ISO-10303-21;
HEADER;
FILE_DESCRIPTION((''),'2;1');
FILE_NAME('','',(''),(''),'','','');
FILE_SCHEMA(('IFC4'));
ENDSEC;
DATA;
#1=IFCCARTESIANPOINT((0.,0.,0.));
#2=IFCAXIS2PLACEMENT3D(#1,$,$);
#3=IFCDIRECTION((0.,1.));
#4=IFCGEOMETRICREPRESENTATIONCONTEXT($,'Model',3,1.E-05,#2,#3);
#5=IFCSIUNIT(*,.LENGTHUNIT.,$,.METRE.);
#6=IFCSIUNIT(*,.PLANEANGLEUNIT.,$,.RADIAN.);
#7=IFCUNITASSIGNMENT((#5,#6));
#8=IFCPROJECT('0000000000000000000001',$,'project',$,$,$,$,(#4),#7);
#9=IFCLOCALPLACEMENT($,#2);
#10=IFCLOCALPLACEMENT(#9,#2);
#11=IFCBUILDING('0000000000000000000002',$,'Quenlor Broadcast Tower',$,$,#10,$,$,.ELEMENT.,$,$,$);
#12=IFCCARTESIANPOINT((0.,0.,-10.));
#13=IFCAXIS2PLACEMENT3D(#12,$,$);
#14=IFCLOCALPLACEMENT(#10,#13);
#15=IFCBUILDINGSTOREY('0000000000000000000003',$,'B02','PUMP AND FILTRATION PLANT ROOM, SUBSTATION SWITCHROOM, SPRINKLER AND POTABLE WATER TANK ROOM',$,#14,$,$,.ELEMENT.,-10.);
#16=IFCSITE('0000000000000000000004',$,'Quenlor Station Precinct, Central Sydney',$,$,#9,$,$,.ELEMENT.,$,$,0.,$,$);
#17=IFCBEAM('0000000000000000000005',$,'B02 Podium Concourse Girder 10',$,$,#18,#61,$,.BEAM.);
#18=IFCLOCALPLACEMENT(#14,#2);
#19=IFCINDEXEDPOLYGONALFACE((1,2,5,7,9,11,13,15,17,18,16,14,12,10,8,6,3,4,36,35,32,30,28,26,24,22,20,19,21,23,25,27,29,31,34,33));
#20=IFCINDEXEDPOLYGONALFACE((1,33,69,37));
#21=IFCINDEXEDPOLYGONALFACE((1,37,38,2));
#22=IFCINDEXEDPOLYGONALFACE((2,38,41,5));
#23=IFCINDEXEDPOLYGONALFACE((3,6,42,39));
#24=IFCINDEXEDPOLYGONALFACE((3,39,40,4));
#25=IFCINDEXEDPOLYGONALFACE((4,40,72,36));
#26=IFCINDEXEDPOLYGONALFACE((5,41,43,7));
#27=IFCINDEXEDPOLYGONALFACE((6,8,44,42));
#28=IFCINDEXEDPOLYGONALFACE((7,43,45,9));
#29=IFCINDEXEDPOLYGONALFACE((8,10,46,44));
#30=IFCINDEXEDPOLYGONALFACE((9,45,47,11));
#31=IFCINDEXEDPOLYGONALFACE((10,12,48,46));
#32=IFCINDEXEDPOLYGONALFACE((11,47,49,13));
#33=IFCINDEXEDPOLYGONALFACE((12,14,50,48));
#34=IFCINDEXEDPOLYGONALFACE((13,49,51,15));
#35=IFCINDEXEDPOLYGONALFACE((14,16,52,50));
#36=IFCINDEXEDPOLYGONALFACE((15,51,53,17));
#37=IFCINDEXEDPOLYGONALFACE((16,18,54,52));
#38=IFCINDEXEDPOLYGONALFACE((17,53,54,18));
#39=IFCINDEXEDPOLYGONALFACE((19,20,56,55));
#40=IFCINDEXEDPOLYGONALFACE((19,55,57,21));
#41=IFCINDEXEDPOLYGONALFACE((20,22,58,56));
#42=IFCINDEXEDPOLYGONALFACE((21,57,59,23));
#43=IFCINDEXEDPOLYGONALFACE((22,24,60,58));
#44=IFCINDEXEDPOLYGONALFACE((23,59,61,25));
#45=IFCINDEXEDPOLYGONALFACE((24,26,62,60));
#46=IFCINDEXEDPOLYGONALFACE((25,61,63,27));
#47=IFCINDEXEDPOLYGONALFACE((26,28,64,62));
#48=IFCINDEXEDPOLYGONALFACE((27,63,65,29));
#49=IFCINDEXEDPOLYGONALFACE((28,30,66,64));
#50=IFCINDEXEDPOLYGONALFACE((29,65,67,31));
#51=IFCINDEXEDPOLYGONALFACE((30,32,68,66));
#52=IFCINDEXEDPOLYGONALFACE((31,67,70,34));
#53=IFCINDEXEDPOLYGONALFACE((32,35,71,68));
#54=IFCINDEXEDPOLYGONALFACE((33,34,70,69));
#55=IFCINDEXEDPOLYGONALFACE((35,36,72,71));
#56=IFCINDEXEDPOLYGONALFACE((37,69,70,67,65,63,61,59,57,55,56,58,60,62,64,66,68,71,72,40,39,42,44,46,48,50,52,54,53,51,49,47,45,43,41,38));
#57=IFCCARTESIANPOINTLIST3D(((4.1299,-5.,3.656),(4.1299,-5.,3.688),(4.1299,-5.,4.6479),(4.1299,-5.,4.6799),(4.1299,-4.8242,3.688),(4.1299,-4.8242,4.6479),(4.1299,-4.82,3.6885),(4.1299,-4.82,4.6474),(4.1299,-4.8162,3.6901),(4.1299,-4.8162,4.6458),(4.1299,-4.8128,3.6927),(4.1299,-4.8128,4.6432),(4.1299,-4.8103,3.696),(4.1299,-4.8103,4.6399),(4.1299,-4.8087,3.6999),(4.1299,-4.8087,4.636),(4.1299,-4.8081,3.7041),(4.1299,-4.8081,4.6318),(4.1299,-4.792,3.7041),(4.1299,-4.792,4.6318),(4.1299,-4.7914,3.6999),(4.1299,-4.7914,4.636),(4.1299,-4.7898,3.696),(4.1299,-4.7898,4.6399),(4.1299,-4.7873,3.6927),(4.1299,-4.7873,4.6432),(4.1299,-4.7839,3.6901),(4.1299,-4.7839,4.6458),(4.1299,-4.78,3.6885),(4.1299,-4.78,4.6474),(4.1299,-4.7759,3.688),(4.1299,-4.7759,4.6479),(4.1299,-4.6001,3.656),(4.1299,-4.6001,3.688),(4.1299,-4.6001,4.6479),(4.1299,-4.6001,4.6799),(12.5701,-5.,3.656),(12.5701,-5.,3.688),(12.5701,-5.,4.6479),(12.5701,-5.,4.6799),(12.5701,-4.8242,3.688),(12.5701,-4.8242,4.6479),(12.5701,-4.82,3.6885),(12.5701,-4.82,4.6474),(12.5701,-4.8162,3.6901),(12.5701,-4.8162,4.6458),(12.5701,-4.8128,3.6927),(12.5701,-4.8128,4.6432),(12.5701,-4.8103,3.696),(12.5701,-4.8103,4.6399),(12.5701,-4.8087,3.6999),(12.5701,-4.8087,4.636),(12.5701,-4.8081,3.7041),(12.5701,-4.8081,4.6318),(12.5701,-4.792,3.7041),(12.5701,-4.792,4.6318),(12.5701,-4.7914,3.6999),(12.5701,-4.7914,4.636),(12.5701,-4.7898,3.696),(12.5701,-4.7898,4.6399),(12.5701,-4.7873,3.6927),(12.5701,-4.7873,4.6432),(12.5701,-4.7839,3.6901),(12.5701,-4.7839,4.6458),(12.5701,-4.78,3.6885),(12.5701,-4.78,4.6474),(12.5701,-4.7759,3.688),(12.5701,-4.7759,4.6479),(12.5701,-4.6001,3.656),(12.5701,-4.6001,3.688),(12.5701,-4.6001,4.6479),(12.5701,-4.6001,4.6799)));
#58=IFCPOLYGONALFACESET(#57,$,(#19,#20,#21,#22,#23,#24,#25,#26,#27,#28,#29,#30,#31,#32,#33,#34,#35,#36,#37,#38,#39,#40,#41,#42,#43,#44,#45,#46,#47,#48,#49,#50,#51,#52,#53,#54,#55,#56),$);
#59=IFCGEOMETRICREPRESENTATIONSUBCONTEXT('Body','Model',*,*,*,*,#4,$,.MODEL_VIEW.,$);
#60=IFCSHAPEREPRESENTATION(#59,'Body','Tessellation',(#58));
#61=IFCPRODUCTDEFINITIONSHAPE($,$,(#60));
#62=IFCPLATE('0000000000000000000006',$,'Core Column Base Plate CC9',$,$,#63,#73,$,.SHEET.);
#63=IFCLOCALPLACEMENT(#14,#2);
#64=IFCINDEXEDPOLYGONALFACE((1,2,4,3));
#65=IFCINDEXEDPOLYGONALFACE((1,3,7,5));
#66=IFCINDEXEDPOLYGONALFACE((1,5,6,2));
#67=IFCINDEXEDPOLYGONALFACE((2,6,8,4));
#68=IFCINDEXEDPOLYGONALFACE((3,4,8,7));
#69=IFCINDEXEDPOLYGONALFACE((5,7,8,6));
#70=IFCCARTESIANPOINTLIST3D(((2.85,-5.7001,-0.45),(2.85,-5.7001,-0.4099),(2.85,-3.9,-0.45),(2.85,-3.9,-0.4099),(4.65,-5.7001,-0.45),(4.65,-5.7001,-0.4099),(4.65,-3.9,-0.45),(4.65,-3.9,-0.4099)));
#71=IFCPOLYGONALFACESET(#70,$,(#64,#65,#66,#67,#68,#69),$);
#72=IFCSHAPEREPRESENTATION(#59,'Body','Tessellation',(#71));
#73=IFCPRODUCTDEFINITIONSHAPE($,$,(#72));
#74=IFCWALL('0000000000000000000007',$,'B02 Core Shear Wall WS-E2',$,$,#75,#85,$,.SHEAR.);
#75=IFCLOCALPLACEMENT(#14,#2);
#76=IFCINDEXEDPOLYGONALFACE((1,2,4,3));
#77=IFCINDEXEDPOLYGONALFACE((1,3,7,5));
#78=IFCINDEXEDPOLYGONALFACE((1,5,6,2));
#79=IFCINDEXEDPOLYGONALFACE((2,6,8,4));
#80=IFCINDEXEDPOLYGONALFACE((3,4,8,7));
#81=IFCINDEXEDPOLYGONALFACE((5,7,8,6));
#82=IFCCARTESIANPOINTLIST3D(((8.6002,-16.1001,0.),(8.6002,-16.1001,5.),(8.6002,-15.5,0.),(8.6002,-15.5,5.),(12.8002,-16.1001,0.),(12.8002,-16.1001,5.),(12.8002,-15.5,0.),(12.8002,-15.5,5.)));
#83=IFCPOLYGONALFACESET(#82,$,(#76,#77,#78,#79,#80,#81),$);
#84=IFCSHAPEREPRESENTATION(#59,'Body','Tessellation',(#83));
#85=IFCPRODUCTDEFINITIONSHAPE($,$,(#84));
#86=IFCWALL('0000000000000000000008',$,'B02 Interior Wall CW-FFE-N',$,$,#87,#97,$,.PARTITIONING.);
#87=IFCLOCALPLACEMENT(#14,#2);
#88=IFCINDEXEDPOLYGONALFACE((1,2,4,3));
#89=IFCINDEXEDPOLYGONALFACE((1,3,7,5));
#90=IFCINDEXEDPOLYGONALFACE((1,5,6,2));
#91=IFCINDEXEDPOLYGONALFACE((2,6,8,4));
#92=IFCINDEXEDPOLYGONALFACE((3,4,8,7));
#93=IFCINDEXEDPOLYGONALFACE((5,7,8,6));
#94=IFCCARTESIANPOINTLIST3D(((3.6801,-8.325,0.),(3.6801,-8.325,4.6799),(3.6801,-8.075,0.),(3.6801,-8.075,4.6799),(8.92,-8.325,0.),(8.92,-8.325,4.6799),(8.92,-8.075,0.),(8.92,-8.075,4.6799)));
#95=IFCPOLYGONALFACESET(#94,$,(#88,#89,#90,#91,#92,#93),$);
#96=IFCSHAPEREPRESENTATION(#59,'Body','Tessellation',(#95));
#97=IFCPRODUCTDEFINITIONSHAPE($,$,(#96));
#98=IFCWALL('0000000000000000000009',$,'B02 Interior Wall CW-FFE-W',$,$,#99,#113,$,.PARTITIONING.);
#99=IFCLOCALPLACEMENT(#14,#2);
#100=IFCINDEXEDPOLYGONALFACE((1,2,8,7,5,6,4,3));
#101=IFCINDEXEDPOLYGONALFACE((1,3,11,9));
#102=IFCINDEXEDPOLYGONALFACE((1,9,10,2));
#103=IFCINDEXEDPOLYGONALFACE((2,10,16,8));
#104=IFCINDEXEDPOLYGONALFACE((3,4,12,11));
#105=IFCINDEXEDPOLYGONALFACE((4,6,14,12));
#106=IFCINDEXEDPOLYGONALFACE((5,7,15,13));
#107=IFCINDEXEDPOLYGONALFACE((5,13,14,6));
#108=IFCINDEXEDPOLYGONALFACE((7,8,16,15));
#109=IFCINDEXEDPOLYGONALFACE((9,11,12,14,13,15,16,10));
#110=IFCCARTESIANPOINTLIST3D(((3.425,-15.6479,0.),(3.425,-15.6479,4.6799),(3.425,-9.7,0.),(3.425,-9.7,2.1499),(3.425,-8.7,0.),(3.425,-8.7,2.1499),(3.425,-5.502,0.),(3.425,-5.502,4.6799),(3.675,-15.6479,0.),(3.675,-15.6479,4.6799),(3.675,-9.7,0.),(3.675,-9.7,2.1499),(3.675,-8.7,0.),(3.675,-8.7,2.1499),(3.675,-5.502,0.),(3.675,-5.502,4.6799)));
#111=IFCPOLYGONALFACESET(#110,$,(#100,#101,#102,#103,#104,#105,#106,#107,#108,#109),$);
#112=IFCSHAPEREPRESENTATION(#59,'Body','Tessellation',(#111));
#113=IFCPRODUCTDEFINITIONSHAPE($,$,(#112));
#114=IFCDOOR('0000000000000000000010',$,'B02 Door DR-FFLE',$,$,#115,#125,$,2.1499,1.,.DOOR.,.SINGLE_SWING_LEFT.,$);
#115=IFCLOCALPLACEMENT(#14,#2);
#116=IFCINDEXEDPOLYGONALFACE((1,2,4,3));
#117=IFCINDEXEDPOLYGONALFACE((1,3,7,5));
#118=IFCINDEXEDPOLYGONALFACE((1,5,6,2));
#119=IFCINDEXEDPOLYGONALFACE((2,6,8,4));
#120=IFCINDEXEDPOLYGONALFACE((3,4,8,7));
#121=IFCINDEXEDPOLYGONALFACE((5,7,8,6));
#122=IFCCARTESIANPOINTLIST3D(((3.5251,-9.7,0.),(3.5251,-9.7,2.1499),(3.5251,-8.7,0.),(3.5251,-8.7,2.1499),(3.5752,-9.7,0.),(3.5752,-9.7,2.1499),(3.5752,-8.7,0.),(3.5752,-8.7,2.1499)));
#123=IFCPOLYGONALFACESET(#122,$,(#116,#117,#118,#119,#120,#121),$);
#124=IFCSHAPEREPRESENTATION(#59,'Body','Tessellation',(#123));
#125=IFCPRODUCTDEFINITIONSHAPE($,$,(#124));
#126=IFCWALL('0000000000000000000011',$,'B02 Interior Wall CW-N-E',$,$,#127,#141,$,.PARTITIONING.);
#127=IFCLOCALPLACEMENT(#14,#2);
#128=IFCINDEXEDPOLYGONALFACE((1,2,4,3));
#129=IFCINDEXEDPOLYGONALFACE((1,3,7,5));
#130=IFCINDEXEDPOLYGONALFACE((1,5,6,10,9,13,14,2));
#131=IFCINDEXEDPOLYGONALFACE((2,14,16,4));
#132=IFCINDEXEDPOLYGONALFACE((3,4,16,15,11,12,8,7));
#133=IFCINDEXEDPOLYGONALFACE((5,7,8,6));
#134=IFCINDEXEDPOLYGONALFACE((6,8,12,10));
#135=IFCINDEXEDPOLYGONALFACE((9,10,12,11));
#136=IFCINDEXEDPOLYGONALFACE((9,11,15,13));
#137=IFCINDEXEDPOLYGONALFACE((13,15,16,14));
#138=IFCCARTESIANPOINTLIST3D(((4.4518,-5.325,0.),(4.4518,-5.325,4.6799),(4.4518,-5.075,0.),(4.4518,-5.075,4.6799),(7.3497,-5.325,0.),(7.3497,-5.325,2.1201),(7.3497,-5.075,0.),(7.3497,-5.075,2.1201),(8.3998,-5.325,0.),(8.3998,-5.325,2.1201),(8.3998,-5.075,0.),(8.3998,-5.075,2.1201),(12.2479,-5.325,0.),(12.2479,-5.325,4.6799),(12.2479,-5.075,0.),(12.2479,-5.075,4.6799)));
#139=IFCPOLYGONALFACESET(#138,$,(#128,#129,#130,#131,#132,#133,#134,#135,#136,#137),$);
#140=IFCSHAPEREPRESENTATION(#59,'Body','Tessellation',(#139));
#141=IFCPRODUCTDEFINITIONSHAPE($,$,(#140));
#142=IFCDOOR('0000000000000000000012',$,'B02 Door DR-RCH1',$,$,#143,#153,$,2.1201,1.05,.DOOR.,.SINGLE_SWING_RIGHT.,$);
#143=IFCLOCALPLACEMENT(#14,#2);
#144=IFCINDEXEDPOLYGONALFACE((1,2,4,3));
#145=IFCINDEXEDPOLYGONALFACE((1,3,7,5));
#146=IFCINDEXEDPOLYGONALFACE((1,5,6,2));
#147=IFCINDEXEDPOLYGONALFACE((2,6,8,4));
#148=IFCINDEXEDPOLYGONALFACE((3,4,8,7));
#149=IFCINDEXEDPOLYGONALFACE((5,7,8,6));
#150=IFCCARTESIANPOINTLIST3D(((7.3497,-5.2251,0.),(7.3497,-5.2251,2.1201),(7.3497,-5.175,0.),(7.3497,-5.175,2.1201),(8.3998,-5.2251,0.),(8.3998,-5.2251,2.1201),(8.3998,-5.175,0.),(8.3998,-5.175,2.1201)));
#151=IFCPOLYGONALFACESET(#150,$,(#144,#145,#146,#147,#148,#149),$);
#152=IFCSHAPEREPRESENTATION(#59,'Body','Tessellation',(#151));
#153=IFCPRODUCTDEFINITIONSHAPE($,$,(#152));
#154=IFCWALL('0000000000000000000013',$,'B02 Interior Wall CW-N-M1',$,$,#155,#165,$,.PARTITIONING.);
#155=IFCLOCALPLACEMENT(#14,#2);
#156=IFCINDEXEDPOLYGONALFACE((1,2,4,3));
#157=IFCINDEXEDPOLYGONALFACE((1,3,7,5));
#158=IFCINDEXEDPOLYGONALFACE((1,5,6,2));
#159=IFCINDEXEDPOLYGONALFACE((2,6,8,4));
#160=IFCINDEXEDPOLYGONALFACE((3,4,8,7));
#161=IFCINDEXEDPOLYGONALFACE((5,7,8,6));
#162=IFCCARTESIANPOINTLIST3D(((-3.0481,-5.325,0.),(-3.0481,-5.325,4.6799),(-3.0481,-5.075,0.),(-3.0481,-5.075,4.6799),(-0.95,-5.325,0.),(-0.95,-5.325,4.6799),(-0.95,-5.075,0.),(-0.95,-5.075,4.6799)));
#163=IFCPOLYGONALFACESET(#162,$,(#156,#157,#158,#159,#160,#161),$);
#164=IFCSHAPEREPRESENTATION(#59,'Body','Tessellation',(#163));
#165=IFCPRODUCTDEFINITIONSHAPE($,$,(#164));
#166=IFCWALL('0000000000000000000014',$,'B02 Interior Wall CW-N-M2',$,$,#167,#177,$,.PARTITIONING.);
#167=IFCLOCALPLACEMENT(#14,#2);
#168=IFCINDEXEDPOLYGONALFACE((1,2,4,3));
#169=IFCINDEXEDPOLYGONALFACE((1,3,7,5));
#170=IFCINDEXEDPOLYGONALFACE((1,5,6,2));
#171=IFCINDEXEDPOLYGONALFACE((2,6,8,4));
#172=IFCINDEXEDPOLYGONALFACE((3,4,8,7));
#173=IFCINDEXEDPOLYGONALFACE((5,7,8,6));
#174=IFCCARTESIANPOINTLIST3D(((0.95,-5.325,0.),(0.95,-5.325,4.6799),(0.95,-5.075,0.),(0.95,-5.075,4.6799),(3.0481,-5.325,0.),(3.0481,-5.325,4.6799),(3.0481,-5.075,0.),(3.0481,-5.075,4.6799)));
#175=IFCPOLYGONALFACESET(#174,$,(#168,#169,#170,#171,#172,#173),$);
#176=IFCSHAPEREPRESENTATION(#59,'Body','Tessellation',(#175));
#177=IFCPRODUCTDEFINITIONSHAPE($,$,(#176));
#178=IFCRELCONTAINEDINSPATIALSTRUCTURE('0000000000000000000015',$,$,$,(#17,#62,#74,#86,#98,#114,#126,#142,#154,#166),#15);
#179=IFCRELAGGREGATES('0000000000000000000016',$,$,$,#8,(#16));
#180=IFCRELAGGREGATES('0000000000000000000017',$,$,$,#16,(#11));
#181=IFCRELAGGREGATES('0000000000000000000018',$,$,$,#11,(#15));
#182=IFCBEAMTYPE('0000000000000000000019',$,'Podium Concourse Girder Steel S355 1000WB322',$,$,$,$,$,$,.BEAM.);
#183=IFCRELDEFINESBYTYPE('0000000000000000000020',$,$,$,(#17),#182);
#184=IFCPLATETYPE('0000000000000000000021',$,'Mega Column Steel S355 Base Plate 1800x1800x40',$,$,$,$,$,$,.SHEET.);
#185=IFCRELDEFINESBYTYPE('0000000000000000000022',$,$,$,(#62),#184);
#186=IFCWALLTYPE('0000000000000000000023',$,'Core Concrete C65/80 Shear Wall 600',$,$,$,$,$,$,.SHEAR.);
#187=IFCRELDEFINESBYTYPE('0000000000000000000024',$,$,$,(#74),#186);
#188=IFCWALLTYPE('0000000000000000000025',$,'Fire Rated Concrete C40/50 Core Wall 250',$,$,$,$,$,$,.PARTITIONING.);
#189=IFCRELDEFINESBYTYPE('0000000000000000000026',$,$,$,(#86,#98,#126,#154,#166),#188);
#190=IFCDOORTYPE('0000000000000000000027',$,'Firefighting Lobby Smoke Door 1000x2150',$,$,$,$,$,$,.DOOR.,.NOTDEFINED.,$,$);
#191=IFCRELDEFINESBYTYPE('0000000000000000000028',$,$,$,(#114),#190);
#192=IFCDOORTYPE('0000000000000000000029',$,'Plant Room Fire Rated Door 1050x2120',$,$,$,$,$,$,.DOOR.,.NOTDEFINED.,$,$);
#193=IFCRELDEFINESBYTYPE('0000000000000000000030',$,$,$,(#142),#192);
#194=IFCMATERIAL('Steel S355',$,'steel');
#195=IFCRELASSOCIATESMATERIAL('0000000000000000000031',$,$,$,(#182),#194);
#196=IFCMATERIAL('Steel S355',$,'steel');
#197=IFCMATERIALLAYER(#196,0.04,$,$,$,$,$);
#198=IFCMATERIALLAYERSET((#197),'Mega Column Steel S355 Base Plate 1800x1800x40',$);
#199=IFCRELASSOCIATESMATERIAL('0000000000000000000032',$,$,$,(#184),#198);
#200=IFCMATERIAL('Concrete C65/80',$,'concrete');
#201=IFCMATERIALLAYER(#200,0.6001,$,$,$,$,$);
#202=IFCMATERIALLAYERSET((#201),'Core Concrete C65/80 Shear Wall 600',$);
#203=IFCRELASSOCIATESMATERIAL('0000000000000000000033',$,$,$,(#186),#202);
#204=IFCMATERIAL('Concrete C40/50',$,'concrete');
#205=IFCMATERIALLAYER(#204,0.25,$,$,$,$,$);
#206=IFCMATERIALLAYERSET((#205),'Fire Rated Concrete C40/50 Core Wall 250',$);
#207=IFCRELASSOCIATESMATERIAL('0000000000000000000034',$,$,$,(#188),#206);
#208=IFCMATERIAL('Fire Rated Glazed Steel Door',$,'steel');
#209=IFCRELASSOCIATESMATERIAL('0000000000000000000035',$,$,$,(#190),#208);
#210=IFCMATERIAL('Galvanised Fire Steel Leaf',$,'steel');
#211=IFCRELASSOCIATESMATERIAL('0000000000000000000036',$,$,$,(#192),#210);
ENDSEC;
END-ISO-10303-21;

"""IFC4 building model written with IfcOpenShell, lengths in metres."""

from ifc_helpers import new_model, si_unit, direction, frame, frame_2d, origin, origin_2d, place, context, subcontext, project, spatial, rectangle, i_section, extrude, material, layer, layer_set, material_profile, profile_set, type_object, element, fill, save


model = new_model("IFC4")

# Units and contexts
model_context = context("Model", 3, precision=1e-05, world=origin(), true_north=direction((0.0, 1.0)))
body_context = subcontext(model_context, "Body", "Model", "MODEL_VIEW")
ifc_project = project(units=[si_unit("LENGTHUNIT", "METRE"), si_unit("PLANEANGLEUNIT", "RADIAN")], contexts=[model_context])

# Site, building, storey
site_placement = place(None, origin())
site = spatial("IfcSite", under=ifc_project, at=site_placement, Name="Quenlor Station Precinct, Central Sydney", CompositionType="ELEMENT", RefElevation=0.0)
building_placement = place(site_placement, origin())
building = spatial("IfcBuilding", under=site, at=building_placement, Name="Quenlor Broadcast Tower", CompositionType="ELEMENT")
storey_placement = place(building_placement, frame((0.0, 0.0, -10.0)))
storey = spatial("IfcBuildingStorey", under=building, at=storey_placement, Name="B02", Description="PUMP AND FILTRATION PLANT ROOM, SUBSTATION SWITCHROOM, SPRINKLER AND POTABLE WATER TANK ROOM", CompositionType="ELEMENT", Elevation=-10.0)

# Beam
ifc_material_1 = material(Name="Steel S355", Category="steel")
ifc_material_profile_1 = material_profile(ifc_material_1, i_section(OverallWidth=0.3999, OverallDepth=1.0239, WebThickness=0.0161, FlangeThickness=0.032, FilletRadius=0.0161, at=origin_2d()))
ifc_profile_set_1 = profile_set([ifc_material_profile_1], Name="Steel S355 1000WB322")
beam_type = type_object("IfcBeamType", Name="Podium Concourse Girder Steel S355 1000WB322", PredefinedType="BEAM", material=ifc_profile_set_1)
beam_placement = place(storey_placement, frame((4.1299, -4.8, 4.168), z_axis=(1.0, 0.0, 0.0), x_axis=(0.0, 1.0, 0.0)))
element("IfcBeam", 1, at=beam_placement, inside=storey, type_object=beam_type, Name="B02 Podium Concourse Girder 10", PredefinedType="BEAM", context=body_context, shape_type="SweptSolid", body=[
    extrude(i_section(OverallWidth=0.3999, OverallDepth=1.0239, WebThickness=0.0161, FlangeThickness=0.032, FilletRadius=0.0161, at=origin_2d()), origin(), (0.0, 0.0, 1.0), 8.4402),
])

# Plate
ifc_material_2 = material(Name="Steel S355", Category="steel")
ifc_layer_1 = layer(ifc_material_2, 0.04)
ifc_layer_set_1 = layer_set([ifc_layer_1], Name="Mega Column Steel S355 Base Plate 1800x1800x40")
plate_type = type_object("IfcPlateType", Name="Mega Column Steel S355 Base Plate 1800x1800x40", PredefinedType="SHEET", material=ifc_layer_set_1)
plate_placement = place(storey_placement, frame((3.75, -4.8, -0.45), z_axis=(0.0, 0.0, 1.0), x_axis=(1.0, 0.0, 0.0)))
element("IfcPlate", 2, at=plate_placement, inside=storey, type_object=plate_type, Name="Core Column Base Plate CC9", PredefinedType="SHEET", context=body_context, shape_type="SweptSolid", body=[
    extrude(rectangle(XDim=1.8, YDim=1.8, at=origin_2d()), origin(), (0.0, 0.0, 1.0), 0.04),
])

# Wall
ifc_material_3 = material(Name="Concrete C65/80", Category="concrete")
ifc_layer_2 = layer(ifc_material_3, 0.6001)
ifc_layer_set_2 = layer_set([ifc_layer_2], Name="Core Concrete C65/80 Shear Wall 600")
wall_type_1 = type_object("IfcWallType", Name="Core Concrete C65/80 Shear Wall 600", PredefinedType="SHEAR", material=ifc_layer_set_2)
wall_1_placement = place(storey_placement, frame((8.6001, -15.8, 0.0), z_axis=(0.0, 0.0, 1.0), x_axis=(1.0, 0.0, 0.0)))
element("IfcWall", 3, at=wall_1_placement, inside=storey, type_object=wall_type_1, Name="B02 Core Shear Wall WS-E2", PredefinedType="SHEAR", context=body_context, shape_type="SweptSolid", body=[
    extrude(rectangle(XDim=4.2, YDim=0.6001, at=frame_2d((2.1001, 0.0))), origin(), (0.0, 0.0, 1.0), 5.0),
])

# Shared definitions
ifc_material_4 = material(Name="Concrete C40/50", Category="concrete")
ifc_layer_3 = layer(ifc_material_4, 0.25)
ifc_layer_set_3 = layer_set([ifc_layer_3], Name="Fire Rated Concrete C40/50 Core Wall 250")
wall_type_2 = type_object("IfcWallType", Name="Fire Rated Concrete C40/50 Core Wall 250", PredefinedType="PARTITIONING", material=ifc_layer_set_3)

# Wall
wall_2_placement = place(storey_placement, frame((3.6799, -8.2, 0.0), z_axis=(0.0, 0.0, 1.0), x_axis=(1.0, 0.0, 0.0)))
element("IfcWall", 4, at=wall_2_placement, inside=storey, type_object=wall_type_2, Name="B02 Interior Wall CW-FFE-N", PredefinedType="PARTITIONING", context=body_context, shape_type="SweptSolid", body=[
    extrude(rectangle(XDim=5.24, YDim=0.25, at=frame_2d((2.6201, 0.0))), origin(), (0.0, 0.0, 1.0), 4.6799),
])

# Walls, openings, doors
wall_3_placement = place(storey_placement, frame((3.55, -15.6479, 0.0), z_axis=(0.0, 0.0, 1.0), x_axis=(0.0, 1.0, 0.0)))
wall_3 = element("IfcWall", 5, at=wall_3_placement, inside=storey, type_object=wall_type_2, Name="B02 Interior Wall CW-FFE-W", PredefinedType="PARTITIONING", context=body_context, shape_type="SweptSolid", body=[
    extrude(rectangle(XDim=10.146, YDim=0.25, at=frame_2d((5.073, 0.0))), origin(), (0.0, 0.0, 1.0), 4.6799),
])
opening_1_placement = place(wall_3_placement, frame((5.948, 0.0, 0.0)))
opening_1 = element("IfcOpeningElement", 6, at=opening_1_placement, cuts=wall_3, PredefinedType="OPENING", context=body_context, shape_type="SweptSolid", body=[
    extrude(rectangle(XDim=1.0, YDim=2.1499, at=frame_2d((0.5, 1.075))), frame((0.0, 0.135, 0.0), z_axis=(0.0, -1.0, 0.0), x_axis=(1.0, 0.0, 0.0)), (0.0, 0.0, 1.0), 0.27),
])
ifc_material_5 = material(Name="Fire Rated Glazed Steel Door", Category="steel")
door_type_1 = type_object("IfcDoorType", Name="Firefighting Lobby Smoke Door 1000x2150", OperationType="NOTDEFINED", PredefinedType="DOOR", material=ifc_material_5)
door_1_placement = place(opening_1_placement, origin())
door_1 = element("IfcDoor", 7, at=door_1_placement, inside=storey, type_object=door_type_1, Name="B02 Door DR-FFLE", OperationType="SINGLE_SWING_LEFT", OverallHeight=2.1499, OverallWidth=1.0, PredefinedType="DOOR", context=body_context, shape_type="SweptSolid", body=[
    extrude(rectangle(XDim=1.0, YDim=2.1499, at=frame_2d((0.5, 1.075))), frame((0.0, 0.0249, 0.0), z_axis=(0.0, -1.0, 0.0), x_axis=(1.0, 0.0, 0.0)), (0.0, 0.0, 1.0), 0.05),
])
fill(opening_1, door_1)
wall_4_placement = place(storey_placement, frame((4.4519, -5.2, 0.0), z_axis=(0.0, 0.0, 1.0), x_axis=(1.0, 0.0, 0.0)))
wall_4 = element("IfcWall", 8, at=wall_4_placement, inside=storey, type_object=wall_type_2, Name="B02 Interior Wall CW-N-E", PredefinedType="PARTITIONING", context=body_context, shape_type="SweptSolid", body=[
    extrude(rectangle(XDim=7.7961, YDim=0.25, at=frame_2d((3.8979, 0.0))), origin(), (0.0, 0.0, 1.0), 4.6799),
])
opening_2_placement = place(wall_4_placement, frame((2.8979, 0.0, 0.0)))
opening_2 = element("IfcOpeningElement", 9, at=opening_2_placement, cuts=wall_4, PredefinedType="OPENING", context=body_context, shape_type="SweptSolid", body=[
    extrude(rectangle(XDim=1.05, YDim=2.1201, at=frame_2d((0.5249, 1.0601))), frame((0.0, 0.135, 0.0), z_axis=(0.0, -1.0, 0.0), x_axis=(1.0, 0.0, 0.0)), (0.0, 0.0, 1.0), 0.27),
])
ifc_material_6 = material(Name="Galvanised Fire Steel Leaf", Category="steel")
door_type_2 = type_object("IfcDoorType", Name="Plant Room Fire Rated Door 1050x2120", OperationType="NOTDEFINED", PredefinedType="DOOR", material=ifc_material_6)
door_2_placement = place(opening_2_placement, origin())
door_2 = element("IfcDoor", 10, at=door_2_placement, inside=storey, type_object=door_type_2, Name="B02 Door DR-RCH1", OperationType="SINGLE_SWING_RIGHT", OverallHeight=2.1201, OverallWidth=1.05, PredefinedType="DOOR", context=body_context, shape_type="SweptSolid", body=[
    extrude(rectangle(XDim=1.05, YDim=2.1201, at=frame_2d((0.5249, 1.0601))), frame((0.0, 0.0249, 0.0), z_axis=(0.0, -1.0, 0.0), x_axis=(1.0, 0.0, 0.0)), (0.0, 0.0, 1.0), 0.05),
])
fill(opening_2, door_2)

# Walls
for number, where, z_axis, x_axis, name in (
    (11, (-3.0481, -5.2, 0.0), (0.0, 0.0, 1.0), (1.0, 0.0, 0.0), "B02 Interior Wall CW-N-M1"),
    (12, (0.95, -5.2, 0.0), (0.0, 0.0, 1.0), (1.0, 0.0, 0.0), "B02 Interior Wall CW-N-M2"),
):
    element("IfcWall", number, at=place(storey_placement, frame(where, z_axis=z_axis, x_axis=x_axis)), inside=storey, type_object=wall_type_2, Name=name, PredefinedType="PARTITIONING", context=body_context, shape_type="SweptSolid", body=[
        extrude(rectangle(XDim=2.0981, YDim=0.25, at=frame_2d((1.0491, 0.0))), origin(), (0.0, 0.0, 1.0), 4.6799),
    ])

save(model, "model.ifc")
